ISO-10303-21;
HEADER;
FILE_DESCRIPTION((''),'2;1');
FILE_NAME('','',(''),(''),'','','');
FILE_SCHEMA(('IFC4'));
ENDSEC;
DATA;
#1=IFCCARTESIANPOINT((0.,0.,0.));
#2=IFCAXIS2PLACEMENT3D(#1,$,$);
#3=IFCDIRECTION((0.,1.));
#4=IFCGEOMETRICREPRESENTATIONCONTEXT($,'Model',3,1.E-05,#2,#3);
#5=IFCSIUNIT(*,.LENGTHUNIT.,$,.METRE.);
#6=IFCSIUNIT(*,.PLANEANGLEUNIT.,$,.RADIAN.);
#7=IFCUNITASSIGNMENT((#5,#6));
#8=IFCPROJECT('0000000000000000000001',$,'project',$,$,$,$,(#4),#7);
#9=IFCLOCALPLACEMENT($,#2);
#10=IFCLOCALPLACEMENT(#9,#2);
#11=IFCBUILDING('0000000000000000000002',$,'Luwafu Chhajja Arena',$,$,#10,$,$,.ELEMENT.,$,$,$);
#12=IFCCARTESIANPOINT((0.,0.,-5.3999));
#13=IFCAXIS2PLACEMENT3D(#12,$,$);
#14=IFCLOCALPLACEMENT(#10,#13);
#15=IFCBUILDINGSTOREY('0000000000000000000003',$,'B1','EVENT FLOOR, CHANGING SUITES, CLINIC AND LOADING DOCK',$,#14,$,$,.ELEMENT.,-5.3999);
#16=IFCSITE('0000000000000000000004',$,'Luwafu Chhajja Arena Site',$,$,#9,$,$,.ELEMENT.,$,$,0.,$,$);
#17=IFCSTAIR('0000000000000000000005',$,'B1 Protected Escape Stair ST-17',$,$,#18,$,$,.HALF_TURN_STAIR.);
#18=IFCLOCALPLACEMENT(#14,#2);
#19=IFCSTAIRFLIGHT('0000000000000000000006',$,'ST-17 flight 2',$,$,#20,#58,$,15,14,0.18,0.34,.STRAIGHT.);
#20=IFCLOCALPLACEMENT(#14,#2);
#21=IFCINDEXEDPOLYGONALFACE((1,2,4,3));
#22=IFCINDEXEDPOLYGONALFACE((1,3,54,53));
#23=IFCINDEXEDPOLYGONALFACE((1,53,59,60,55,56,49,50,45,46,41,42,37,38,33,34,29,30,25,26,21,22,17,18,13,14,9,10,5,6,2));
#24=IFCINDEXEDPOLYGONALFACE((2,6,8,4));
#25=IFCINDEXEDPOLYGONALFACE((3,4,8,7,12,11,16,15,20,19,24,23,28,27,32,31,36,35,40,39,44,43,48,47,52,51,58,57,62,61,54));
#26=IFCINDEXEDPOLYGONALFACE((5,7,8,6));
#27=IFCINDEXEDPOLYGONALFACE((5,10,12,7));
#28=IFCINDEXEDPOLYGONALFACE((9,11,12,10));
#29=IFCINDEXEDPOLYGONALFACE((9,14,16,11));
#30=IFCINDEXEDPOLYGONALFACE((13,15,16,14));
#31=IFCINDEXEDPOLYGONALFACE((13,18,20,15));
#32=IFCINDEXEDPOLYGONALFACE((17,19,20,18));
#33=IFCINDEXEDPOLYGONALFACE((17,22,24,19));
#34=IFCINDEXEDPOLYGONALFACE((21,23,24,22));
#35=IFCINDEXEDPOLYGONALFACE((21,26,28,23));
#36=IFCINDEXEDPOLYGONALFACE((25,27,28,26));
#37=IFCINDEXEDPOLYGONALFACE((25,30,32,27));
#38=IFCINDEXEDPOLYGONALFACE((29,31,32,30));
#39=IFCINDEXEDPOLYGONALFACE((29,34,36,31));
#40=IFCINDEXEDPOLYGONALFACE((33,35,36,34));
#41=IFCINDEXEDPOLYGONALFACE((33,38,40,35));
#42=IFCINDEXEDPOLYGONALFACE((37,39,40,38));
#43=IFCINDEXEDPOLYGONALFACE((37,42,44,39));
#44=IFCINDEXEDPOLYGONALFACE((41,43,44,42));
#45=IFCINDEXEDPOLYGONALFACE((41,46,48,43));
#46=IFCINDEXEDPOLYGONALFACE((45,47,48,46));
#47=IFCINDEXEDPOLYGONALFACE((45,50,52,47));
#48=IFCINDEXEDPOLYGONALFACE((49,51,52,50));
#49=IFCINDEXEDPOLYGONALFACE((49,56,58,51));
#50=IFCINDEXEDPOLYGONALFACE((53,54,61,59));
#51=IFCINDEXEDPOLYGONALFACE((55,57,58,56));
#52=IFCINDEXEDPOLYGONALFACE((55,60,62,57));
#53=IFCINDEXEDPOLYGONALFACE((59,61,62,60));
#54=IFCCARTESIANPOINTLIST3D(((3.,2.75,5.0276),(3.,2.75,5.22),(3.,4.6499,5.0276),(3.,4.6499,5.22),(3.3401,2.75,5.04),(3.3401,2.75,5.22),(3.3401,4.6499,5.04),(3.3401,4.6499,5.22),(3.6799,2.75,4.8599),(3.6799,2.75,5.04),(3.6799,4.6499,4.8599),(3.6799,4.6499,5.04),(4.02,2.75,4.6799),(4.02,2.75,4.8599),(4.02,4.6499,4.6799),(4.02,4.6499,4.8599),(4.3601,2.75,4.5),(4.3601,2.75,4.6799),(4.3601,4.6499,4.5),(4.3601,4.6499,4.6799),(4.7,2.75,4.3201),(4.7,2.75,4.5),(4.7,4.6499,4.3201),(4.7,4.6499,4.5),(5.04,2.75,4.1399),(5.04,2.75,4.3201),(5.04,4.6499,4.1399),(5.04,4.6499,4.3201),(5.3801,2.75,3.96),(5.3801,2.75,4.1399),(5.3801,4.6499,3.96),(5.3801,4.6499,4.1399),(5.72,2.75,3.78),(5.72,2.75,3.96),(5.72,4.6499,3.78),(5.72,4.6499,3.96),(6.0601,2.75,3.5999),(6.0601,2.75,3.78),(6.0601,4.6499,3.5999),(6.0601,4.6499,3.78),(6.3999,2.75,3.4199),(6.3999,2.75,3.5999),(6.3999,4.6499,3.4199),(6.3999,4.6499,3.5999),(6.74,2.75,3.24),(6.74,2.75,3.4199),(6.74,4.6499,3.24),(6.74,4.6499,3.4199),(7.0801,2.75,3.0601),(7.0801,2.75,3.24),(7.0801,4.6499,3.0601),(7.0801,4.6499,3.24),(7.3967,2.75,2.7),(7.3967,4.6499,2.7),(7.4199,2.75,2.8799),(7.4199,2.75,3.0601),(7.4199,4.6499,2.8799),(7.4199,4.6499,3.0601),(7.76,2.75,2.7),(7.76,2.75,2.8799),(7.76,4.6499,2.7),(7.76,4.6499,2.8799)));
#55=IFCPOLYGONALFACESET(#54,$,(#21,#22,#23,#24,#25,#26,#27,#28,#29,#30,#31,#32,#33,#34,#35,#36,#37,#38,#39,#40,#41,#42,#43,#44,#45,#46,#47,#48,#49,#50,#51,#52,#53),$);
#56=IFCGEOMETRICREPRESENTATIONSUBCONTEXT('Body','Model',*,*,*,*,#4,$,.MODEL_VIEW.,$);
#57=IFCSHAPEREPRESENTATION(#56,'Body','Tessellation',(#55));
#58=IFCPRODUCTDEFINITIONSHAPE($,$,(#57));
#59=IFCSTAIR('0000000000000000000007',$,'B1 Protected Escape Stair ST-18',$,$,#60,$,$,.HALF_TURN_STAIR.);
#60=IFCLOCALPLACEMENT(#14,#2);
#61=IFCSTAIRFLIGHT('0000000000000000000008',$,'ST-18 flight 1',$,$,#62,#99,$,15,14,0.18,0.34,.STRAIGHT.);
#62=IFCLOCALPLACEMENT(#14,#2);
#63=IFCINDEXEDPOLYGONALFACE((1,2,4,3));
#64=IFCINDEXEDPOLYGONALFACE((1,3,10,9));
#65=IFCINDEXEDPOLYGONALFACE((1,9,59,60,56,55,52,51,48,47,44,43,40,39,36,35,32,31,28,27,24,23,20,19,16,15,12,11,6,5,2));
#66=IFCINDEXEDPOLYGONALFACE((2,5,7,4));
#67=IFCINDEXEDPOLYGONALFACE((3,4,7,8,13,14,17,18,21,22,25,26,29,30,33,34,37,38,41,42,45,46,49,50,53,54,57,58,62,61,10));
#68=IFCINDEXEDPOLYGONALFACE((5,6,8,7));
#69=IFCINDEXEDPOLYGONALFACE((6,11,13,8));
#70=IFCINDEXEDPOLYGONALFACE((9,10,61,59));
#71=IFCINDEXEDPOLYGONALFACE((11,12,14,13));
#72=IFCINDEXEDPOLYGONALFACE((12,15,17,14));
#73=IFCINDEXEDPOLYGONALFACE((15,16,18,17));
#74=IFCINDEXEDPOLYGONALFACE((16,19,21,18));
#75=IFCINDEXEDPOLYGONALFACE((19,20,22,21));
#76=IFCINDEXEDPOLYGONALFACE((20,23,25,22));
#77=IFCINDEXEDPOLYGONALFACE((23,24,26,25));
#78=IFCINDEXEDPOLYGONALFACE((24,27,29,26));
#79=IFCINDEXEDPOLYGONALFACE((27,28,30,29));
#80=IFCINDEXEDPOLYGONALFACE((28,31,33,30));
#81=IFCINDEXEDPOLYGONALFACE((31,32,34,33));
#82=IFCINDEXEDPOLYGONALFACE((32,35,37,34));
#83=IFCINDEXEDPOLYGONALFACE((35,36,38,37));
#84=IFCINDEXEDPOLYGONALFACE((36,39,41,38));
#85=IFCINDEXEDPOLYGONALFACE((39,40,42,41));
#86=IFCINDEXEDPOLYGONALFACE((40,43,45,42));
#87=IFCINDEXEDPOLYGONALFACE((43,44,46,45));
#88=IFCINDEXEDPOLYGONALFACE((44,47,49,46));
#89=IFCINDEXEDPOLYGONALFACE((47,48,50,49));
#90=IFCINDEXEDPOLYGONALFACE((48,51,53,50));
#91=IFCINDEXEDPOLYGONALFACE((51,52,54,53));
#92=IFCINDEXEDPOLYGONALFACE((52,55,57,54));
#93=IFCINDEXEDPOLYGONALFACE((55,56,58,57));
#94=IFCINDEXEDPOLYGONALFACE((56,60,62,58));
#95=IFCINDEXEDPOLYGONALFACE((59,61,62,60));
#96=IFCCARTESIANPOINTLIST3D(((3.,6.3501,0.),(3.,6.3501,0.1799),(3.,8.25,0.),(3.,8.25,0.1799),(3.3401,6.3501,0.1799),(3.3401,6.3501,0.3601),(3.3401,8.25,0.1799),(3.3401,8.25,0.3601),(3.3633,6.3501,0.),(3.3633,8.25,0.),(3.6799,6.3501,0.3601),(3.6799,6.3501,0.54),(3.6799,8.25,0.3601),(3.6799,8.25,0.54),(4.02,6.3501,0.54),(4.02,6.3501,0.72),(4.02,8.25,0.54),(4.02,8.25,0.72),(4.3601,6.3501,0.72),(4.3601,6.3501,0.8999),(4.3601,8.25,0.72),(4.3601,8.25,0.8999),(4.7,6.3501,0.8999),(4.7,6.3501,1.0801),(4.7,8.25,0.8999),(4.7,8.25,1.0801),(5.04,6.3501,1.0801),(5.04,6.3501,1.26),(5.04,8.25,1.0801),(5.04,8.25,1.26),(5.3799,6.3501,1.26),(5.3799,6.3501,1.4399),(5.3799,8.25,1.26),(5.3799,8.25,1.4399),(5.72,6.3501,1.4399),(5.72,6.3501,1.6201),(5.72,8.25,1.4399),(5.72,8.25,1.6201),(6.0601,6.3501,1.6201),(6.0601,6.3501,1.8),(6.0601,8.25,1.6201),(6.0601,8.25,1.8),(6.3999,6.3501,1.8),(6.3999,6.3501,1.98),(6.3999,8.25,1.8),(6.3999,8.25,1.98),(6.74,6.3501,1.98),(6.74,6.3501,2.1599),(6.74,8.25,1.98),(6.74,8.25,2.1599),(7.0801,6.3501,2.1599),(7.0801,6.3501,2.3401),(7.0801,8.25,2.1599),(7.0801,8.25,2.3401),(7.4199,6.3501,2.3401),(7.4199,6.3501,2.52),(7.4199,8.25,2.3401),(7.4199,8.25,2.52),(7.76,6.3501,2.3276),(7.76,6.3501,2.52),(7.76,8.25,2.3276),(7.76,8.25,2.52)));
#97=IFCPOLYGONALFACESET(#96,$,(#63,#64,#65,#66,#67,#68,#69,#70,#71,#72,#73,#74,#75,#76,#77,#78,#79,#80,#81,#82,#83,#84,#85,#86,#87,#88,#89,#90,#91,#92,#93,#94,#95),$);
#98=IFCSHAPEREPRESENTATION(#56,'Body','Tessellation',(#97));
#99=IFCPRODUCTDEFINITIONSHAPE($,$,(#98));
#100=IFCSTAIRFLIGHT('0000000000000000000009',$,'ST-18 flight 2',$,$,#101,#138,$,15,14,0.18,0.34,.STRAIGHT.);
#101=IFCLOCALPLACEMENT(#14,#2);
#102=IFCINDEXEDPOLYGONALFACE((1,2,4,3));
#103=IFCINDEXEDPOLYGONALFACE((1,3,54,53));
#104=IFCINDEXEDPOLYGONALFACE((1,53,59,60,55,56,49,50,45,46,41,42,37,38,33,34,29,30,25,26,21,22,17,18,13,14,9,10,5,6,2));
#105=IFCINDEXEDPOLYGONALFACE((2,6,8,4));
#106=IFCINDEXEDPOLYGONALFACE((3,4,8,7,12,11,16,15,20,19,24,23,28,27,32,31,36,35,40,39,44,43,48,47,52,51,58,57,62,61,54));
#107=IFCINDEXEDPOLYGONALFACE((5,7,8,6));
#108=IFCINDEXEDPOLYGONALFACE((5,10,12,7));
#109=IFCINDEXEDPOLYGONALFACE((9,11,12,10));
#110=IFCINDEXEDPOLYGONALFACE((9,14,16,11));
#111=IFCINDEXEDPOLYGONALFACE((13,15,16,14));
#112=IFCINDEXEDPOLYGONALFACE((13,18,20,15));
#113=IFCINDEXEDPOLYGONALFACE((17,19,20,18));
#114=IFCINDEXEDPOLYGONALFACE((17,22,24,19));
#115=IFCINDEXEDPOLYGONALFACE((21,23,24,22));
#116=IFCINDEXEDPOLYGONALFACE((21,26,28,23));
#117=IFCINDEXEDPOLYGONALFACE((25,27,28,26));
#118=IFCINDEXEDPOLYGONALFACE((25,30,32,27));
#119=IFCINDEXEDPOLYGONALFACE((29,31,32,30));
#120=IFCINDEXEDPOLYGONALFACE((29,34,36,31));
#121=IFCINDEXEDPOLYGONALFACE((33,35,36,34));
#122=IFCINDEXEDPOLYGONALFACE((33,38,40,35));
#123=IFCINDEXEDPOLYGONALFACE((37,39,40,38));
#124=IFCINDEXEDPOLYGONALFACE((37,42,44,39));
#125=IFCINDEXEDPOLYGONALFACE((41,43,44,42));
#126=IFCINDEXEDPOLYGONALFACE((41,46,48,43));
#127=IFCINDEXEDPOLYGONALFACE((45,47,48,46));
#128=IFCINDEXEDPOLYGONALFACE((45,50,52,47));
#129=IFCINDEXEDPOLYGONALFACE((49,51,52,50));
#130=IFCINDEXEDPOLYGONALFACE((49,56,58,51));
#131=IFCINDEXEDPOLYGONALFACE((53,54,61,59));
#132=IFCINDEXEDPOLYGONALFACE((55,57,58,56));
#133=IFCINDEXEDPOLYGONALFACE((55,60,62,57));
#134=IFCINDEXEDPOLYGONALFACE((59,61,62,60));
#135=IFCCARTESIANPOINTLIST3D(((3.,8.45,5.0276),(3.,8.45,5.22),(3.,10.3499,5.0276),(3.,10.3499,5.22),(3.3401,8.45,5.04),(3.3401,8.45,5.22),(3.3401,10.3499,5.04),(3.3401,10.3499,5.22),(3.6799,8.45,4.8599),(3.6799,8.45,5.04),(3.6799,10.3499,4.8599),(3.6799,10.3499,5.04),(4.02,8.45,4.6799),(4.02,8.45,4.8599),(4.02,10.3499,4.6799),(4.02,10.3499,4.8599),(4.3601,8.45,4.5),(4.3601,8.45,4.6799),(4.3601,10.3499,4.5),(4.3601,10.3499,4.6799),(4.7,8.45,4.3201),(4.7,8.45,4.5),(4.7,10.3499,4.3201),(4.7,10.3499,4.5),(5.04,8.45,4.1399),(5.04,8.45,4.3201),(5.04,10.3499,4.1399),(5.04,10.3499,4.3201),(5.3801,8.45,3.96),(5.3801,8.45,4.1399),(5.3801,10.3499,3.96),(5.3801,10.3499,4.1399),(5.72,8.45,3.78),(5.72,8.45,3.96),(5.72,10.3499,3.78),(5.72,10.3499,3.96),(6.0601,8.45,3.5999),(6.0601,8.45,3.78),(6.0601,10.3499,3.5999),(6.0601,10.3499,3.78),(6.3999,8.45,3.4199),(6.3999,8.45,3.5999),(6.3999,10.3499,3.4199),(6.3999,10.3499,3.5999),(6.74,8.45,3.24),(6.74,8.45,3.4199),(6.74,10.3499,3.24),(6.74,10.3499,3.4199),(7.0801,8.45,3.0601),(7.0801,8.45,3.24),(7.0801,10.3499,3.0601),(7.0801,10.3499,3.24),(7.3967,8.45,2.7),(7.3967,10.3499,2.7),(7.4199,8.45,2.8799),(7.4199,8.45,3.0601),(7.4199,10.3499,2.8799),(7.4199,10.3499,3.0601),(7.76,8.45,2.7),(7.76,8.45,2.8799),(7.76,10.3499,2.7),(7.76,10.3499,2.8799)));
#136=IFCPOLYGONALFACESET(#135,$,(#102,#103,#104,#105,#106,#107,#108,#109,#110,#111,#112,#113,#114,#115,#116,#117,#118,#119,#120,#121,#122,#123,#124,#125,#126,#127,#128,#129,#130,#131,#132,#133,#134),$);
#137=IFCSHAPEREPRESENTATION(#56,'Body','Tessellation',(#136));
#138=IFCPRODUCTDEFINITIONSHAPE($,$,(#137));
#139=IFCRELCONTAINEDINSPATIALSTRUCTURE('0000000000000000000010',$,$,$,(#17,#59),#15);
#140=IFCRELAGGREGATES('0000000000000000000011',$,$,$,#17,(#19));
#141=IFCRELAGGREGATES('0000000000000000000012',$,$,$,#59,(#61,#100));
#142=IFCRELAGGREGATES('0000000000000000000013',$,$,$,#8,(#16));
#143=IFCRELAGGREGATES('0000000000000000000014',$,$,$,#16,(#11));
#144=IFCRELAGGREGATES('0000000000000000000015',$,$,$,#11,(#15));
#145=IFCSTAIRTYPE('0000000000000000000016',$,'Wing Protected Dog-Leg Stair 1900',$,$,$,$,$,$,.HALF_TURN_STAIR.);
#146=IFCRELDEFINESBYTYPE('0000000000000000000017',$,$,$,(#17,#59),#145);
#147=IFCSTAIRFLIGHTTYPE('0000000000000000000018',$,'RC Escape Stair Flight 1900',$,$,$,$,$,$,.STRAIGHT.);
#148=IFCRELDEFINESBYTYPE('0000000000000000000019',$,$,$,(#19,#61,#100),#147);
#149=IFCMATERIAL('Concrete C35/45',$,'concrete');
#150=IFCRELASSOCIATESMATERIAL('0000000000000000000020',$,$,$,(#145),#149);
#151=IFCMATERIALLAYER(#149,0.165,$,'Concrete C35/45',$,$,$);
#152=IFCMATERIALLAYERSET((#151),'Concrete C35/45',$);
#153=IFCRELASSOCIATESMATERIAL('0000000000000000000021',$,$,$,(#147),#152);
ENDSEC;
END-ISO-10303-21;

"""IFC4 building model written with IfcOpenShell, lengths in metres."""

from ifc_helpers import new_model, si_unit, direction, frame, origin, place, context, subcontext, project, spatial, polyline, outline, extrude, material, layer, layer_set, type_object, element, aggregate, save


model = new_model("IFC4")

# Units and contexts
model_context = context("Model", 3, precision=1e-05, world=origin(), true_north=direction((0.0, 1.0)))
body_context = subcontext(model_context, "Body", "Model", "MODEL_VIEW")
ifc_project = project(units=[si_unit("LENGTHUNIT", "METRE"), si_unit("PLANEANGLEUNIT", "RADIAN")], contexts=[model_context])

# Site, building, storey
site_placement = place(None, origin())
site = spatial("IfcSite", under=ifc_project, at=site_placement, Name="Luwafu Chhajja Arena Site", CompositionType="ELEMENT", RefElevation=0.0)
building_placement = place(site_placement, origin())
building = spatial("IfcBuilding", under=site, at=building_placement, Name="Luwafu Chhajja Arena", CompositionType="ELEMENT")
storey_placement = place(building_placement, frame((0.0, 0.0, -5.3999)))
storey = spatial("IfcBuildingStorey", under=building, at=storey_placement, Name="B1", Description="EVENT FLOOR, CHANGING SUITES, CLINIC AND LOADING DOCK", CompositionType="ELEMENT", Elevation=-5.3999)

# Shared definitions
ifc_material_1 = material(Name="Concrete C35/45", Category="concrete")

# Stairs, stair flights
stair_type = type_object("IfcStairType", Name="Wing Protected Dog-Leg Stair 1900", PredefinedType="HALF_TURN_STAIR", material=ifc_material_1)
stair_1_placement = place(storey_placement, origin())
stair_1 = element("IfcStair", 1, at=stair_1_placement, inside=storey, type_object=stair_type, Name="B1 Protected Escape Stair ST-17", PredefinedType="HALF_TURN_STAIR")
ifc_layer_1 = layer(ifc_material_1, 0.165, Name="Concrete C35/45")
ifc_layer_set_1 = layer_set([ifc_layer_1], Name="Concrete C35/45")
stair_flight_type = type_object("IfcStairFlightType", Name="RC Escape Stair Flight 1900", PredefinedType="STRAIGHT", material=ifc_layer_set_1)
stair_flight_1_placement = place(storey_placement, frame((7.76, 3.7, 2.7), z_axis=(0.0, 0.0, 1.0), x_axis=(-1.0, 0.0, 0.0)))
stair_flight_1 = element("IfcStairFlight", 2, at=stair_flight_1_placement, type_object=stair_flight_type, Name="ST-17 flight 2", NumberOfRisers=15, NumberOfTreads=14, PredefinedType="STRAIGHT", RiserHeight=0.18, TreadLength=0.34, context=body_context, shape_type="SweptSolid", body=[
    extrude(outline(polyline([(0.0, 0.0), (0.0, 0.1799), (0.3401, 0.1799), (0.3401, 0.3601), (0.6799, 0.3601), (0.6799, 0.54), (1.02, 0.54), (1.02, 0.72), (1.3601, 0.72), (1.3601, 0.8999), (1.7, 0.8999), (1.7, 1.0801), (2.04, 1.0801), (2.04, 1.26), (2.3799, 1.26), (2.3799, 1.4399), (2.72, 1.4399), (2.72, 1.6201), (3.0601, 1.6201), (3.0601, 1.8), (3.3999, 1.8), (3.3999, 1.98), (3.74, 1.98), (3.74, 2.1599), (4.0801, 2.1599), (4.0801, 2.3401), (4.4199, 2.3401), (4.4199, 2.52), (4.76, 2.52), (4.76, 2.7), (4.76, 2.3276), (0.3633, 0.0), (0.0, 0.0)])), frame((0.0, 0.95, 0.0), z_axis=(0.0, -1.0, 0.0), x_axis=(1.0, 0.0, 0.0)), (0.0, 0.0, 1.0), 1.8999),
])
aggregate(stair_1, [stair_flight_1])
stair_2_placement = place(storey_placement, origin())
stair_2 = element("IfcStair", 3, at=stair_2_placement, inside=storey, type_object=stair_type, Name="B1 Protected Escape Stair ST-18", PredefinedType="HALF_TURN_STAIR")
stair_flight_2_placement = place(storey_placement, frame((3.0, 7.3, 0.0), z_axis=(0.0, 0.0, 1.0), x_axis=(1.0, 0.0, 0.0)))
stair_flight_2 = element("IfcStairFlight", 4, at=stair_flight_2_placement, type_object=stair_flight_type, Name="ST-18 flight 1", NumberOfRisers=15, NumberOfTreads=14, PredefinedType="STRAIGHT", RiserHeight=0.18, TreadLength=0.34, context=body_context, shape_type="SweptSolid", body=[
    extrude(outline(polyline([(0.0, 0.0), (0.0, 0.1799), (0.3401, 0.1799), (0.3401, 0.3601), (0.6799, 0.3601), (0.6799, 0.54), (1.02, 0.54), (1.02, 0.72), (1.3601, 0.72), (1.3601, 0.8999), (1.7, 0.8999), (1.7, 1.0801), (2.04, 1.0801), (2.04, 1.26), (2.3799, 1.26), (2.3799, 1.4399), (2.72, 1.4399), (2.72, 1.6201), (3.0601, 1.6201), (3.0601, 1.8), (3.3999, 1.8), (3.3999, 1.98), (3.74, 1.98), (3.74, 2.1599), (4.0801, 2.1599), (4.0801, 2.3401), (4.4199, 2.3401), (4.4199, 2.52), (4.76, 2.52), (4.76, 2.7), (4.76, 2.3276), (0.3633, 0.0), (0.0, 0.0)])), frame((0.0, 0.95, 0.0), z_axis=(0.0, -1.0, 0.0), x_axis=(1.0, 0.0, 0.0)), (0.0, 0.0, 1.0), 1.8999),
])
stair_flight_3_placement = place(storey_placement, frame((7.76, 9.3999, 2.7), z_axis=(0.0, 0.0, 1.0), x_axis=(-1.0, 0.0, 0.0)))
stair_flight_3 = element("IfcStairFlight", 5, at=stair_flight_3_placement, type_object=stair_flight_type, Name="ST-18 flight 2", NumberOfRisers=15, NumberOfTreads=14, PredefinedType="STRAIGHT", RiserHeight=0.18, TreadLength=0.34, context=body_context, shape_type="SweptSolid", body=[
    extrude(outline(polyline([(0.0, 0.0), (0.0, 0.1799), (0.3401, 0.1799), (0.3401, 0.3601), (0.6799, 0.3601), (0.6799, 0.54), (1.02, 0.54), (1.02, 0.72), (1.3601, 0.72), (1.3601, 0.8999), (1.7, 0.8999), (1.7, 1.0801), (2.04, 1.0801), (2.04, 1.26), (2.3799, 1.26), (2.3799, 1.4399), (2.72, 1.4399), (2.72, 1.6201), (3.0601, 1.6201), (3.0601, 1.8), (3.3999, 1.8), (3.3999, 1.98), (3.74, 1.98), (3.74, 2.1599), (4.0801, 2.1599), (4.0801, 2.3401), (4.4199, 2.3401), (4.4199, 2.52), (4.76, 2.52), (4.76, 2.7), (4.76, 2.3276), (0.3633, 0.0), (0.0, 0.0)])), frame((0.0, 0.95, 0.0), z_axis=(0.0, -1.0, 0.0), x_axis=(1.0, 0.0, 0.0)), (0.0, 0.0, 1.0), 1.8999),
])
aggregate(stair_2, [stair_flight_2, stair_flight_3])

save(model, "model.ifc")
